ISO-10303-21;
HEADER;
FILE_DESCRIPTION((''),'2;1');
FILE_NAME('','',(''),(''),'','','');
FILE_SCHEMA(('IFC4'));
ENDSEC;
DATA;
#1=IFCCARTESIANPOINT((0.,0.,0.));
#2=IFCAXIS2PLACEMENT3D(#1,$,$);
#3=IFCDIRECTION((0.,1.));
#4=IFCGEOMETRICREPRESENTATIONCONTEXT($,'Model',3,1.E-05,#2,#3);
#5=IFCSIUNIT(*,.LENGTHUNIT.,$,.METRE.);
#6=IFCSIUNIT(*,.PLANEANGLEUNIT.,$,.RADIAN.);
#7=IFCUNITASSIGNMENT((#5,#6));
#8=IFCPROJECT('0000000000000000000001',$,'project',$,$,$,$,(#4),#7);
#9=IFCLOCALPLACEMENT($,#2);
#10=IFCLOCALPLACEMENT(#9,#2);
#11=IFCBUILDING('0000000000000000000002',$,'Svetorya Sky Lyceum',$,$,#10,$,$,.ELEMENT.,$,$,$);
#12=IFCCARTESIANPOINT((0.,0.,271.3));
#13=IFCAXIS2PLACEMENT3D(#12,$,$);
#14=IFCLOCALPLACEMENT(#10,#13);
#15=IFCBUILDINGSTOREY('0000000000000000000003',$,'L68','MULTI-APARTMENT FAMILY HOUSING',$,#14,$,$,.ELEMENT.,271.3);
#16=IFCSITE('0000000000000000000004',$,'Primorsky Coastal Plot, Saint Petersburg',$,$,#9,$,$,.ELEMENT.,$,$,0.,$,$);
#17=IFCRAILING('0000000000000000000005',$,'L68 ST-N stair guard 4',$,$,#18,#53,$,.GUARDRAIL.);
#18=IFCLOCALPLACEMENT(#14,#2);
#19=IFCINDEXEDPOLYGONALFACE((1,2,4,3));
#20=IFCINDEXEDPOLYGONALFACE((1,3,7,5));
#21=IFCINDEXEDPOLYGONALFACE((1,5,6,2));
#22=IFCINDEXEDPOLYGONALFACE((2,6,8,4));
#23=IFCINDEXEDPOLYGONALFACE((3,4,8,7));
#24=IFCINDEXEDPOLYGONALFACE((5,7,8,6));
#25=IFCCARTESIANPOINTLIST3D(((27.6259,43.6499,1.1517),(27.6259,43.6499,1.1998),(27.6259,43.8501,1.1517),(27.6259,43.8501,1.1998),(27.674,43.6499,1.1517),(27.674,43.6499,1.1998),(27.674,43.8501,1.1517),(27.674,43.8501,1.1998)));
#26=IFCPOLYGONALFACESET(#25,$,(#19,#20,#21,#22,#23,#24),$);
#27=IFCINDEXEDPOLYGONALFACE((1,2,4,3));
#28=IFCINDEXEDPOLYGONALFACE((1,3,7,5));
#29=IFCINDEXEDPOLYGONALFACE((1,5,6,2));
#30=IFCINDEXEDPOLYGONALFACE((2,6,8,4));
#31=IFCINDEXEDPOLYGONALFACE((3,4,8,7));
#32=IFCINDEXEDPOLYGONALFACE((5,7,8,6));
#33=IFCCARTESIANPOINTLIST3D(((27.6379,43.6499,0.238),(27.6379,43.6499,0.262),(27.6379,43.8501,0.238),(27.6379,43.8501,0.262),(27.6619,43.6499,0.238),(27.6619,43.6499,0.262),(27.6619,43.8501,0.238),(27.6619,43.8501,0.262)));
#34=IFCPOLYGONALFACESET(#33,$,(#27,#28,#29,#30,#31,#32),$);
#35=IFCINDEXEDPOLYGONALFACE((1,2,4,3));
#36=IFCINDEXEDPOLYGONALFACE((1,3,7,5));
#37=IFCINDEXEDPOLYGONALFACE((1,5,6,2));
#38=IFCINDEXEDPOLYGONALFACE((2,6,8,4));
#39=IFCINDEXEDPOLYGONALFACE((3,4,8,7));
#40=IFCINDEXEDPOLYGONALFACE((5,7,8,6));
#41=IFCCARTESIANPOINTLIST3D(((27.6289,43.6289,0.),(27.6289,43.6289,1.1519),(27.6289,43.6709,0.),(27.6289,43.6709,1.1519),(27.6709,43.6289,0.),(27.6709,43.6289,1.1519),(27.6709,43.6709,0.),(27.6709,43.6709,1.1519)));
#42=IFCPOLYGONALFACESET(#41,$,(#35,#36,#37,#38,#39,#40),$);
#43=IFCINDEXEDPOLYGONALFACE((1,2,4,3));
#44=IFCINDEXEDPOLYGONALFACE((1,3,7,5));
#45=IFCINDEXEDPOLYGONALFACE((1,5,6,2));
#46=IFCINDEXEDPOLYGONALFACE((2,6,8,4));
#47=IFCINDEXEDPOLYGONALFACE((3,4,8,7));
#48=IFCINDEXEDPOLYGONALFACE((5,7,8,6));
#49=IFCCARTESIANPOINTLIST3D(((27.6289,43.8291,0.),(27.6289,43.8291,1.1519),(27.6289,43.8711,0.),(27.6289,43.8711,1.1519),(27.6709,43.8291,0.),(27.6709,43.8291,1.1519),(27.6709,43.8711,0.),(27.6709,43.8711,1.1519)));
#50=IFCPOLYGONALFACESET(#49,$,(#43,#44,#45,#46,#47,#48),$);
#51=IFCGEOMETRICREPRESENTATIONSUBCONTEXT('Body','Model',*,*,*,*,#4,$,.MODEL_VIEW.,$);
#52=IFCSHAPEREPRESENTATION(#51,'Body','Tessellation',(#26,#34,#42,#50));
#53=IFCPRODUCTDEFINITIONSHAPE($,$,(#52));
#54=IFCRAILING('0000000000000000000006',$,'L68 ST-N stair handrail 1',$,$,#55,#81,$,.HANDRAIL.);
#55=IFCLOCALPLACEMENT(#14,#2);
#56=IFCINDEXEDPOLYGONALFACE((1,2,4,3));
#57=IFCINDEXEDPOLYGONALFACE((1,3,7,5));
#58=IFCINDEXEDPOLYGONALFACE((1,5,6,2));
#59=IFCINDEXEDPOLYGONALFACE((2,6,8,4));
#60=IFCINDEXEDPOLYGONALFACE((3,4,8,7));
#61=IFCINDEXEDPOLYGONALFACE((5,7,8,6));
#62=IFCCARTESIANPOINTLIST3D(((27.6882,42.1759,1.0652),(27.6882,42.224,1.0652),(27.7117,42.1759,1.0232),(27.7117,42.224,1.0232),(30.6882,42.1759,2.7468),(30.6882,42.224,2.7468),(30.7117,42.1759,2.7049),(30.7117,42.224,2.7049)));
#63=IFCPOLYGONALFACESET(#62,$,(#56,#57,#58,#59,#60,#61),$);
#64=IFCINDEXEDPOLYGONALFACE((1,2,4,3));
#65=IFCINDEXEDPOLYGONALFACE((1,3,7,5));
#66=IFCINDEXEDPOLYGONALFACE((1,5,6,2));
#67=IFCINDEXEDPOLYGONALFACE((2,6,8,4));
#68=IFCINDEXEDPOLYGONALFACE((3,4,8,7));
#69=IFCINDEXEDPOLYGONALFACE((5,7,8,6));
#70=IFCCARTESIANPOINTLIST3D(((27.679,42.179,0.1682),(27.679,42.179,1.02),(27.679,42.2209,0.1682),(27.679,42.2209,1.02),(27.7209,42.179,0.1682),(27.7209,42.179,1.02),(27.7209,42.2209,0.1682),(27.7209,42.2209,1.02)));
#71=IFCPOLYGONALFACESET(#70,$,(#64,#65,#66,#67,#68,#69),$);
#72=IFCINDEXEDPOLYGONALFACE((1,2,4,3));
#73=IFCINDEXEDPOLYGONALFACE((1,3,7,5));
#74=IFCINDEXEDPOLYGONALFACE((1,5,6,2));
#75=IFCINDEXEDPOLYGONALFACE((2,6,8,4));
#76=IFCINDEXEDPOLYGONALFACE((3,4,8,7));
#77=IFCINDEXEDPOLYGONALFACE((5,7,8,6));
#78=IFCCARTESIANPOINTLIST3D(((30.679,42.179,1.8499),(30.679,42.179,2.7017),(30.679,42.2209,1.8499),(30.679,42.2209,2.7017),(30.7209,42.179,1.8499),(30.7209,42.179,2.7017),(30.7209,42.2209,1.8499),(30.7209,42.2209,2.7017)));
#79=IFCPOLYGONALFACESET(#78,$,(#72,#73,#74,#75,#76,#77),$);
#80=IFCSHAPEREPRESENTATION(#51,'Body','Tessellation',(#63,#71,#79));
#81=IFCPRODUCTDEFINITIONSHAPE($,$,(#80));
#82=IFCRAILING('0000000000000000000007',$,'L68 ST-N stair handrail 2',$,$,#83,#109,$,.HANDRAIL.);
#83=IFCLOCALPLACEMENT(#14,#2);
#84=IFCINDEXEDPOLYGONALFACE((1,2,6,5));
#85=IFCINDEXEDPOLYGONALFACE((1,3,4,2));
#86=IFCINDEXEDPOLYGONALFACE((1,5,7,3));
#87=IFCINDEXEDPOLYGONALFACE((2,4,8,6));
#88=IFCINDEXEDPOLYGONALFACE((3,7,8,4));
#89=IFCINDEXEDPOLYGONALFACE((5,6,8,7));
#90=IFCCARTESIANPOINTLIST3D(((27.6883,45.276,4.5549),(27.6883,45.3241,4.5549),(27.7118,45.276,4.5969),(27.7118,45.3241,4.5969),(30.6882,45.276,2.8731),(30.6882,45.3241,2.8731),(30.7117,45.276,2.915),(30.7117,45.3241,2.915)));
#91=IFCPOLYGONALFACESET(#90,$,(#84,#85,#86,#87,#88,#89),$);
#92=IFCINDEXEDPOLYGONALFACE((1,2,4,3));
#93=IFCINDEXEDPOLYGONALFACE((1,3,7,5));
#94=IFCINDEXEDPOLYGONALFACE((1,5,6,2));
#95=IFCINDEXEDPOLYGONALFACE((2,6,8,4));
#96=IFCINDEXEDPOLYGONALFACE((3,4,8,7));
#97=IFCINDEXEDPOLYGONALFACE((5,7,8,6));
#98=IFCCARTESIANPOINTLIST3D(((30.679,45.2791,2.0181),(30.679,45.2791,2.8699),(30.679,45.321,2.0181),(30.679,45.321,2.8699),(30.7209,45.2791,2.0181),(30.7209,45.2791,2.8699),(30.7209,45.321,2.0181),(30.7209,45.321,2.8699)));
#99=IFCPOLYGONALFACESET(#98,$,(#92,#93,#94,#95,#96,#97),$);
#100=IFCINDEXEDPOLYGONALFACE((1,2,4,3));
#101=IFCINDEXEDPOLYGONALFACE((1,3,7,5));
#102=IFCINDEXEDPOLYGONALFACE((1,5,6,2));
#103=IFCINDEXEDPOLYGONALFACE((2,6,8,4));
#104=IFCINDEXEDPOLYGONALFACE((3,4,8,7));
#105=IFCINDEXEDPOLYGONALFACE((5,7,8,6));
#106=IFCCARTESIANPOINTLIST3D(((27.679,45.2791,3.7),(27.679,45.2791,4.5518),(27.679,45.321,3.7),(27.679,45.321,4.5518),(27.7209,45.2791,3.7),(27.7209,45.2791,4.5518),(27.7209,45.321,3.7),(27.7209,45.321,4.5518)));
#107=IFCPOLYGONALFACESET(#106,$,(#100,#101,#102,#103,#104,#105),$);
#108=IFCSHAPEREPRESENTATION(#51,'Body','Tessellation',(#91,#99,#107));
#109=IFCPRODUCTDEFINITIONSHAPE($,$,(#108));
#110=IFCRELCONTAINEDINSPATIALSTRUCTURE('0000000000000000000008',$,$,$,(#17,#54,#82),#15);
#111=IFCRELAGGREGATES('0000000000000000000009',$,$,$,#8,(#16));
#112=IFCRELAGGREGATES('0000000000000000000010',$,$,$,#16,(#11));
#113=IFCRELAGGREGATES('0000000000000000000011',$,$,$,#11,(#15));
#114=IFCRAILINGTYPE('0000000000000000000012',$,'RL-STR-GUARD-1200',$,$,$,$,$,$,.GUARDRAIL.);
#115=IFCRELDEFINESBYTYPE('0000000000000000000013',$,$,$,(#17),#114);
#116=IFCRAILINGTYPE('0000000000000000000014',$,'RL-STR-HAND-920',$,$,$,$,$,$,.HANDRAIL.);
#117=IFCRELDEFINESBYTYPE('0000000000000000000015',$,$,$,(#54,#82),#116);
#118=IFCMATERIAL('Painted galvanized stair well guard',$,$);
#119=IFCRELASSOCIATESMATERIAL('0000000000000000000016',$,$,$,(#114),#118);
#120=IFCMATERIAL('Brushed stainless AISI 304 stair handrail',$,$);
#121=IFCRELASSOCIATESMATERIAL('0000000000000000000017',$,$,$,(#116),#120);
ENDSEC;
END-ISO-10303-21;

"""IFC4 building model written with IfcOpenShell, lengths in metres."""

from ifc_helpers import new_model, si_unit, direction, frame, origin, origin_2d, place, context, subcontext, project, spatial, rectangle, extrude, material, type_object, element, save


model = new_model("IFC4")

# Units and contexts
model_context = context("Model", 3, precision=1e-05, world=origin(), true_north=direction((0.0, 1.0)))
body_context = subcontext(model_context, "Body", "Model", "MODEL_VIEW")
ifc_project = project(units=[si_unit("LENGTHUNIT", "METRE"), si_unit("PLANEANGLEUNIT", "RADIAN")], contexts=[model_context])

# Site, building, storey
site_placement = place(None, origin())
site = spatial("IfcSite", under=ifc_project, at=site_placement, Name="Primorsky Coastal Plot, Saint Petersburg", CompositionType="ELEMENT", RefElevation=0.0)
building_placement = place(site_placement, origin())
building = spatial("IfcBuilding", under=site, at=building_placement, Name="Svetorya Sky Lyceum", CompositionType="ELEMENT")
storey_placement = place(building_placement, frame((0.0, 0.0, 271.3)))
storey = spatial("IfcBuildingStorey", under=building, at=storey_placement, Name="L68", Description="MULTI-APARTMENT FAMILY HOUSING", CompositionType="ELEMENT", Elevation=271.3)

# Railings
ifc_material_1 = material(Name="Painted galvanized stair well guard")
railing_type_1 = type_object("IfcRailingType", Name="RL-STR-GUARD-1200", PredefinedType="GUARDRAIL", material=ifc_material_1)
railing_1_placement = place(storey_placement, frame((27.6499, 43.6499, 0.0)))
element("IfcRailing", 1, at=railing_1_placement, inside=storey, type_object=railing_type_1, Name="L68 ST-N stair guard 4", PredefinedType="GUARDRAIL", context=body_context, shape_type="SweptSolid", body=[
    extrude(rectangle(XDim=0.0481, YDim=0.0481, at=origin_2d()), frame((0.0, 0.0, 1.1758), z_axis=(0.0, 1.0, 0.0), x_axis=(-1.0, 0.0, 0.0)), (0.0, 0.0, 1.0), 0.2002),
    extrude(rectangle(XDim=0.0239, YDim=0.0239, at=origin_2d()), frame((0.0, 0.0, 0.25), z_axis=(0.0, 1.0, 0.0), x_axis=(-1.0, 0.0, 0.0)), (0.0, 0.0, 1.0), 0.2002),
    extrude(rectangle(XDim=0.042, YDim=0.042, at=origin_2d()), origin(), (0.0, 0.0, 1.0), 1.1519),
    extrude(rectangle(XDim=0.042, YDim=0.042, at=origin_2d()), frame((0.0, 0.2002, 0.0)), (0.0, 0.0, 1.0), 1.1519),
])
ifc_material_2 = material(Name="Brushed stainless AISI 304 stair handrail")
railing_type_2 = type_object("IfcRailingType", Name="RL-STR-HAND-920", PredefinedType="HANDRAIL", material=ifc_material_2)
railing_2_placement = place(storey_placement, frame((27.7, 42.2, 0.1682)))
element("IfcRailing", 2, at=railing_2_placement, inside=storey, type_object=railing_type_2, Name="L68 ST-N stair handrail 1", PredefinedType="HANDRAIL", context=body_context, shape_type="SweptSolid", body=[
    extrude(rectangle(XDim=0.0481, YDim=0.0481, at=origin_2d()), frame((0.0, 0.0, 0.876), z_axis=(0.872303, 0.0, 0.488966), x_axis=(0.0, 1.0, 0.0)), (0.0, 0.0, 1.0), 3.4392),
    extrude(rectangle(XDim=0.042, YDim=0.042, at=origin_2d()), origin(), (0.0, 0.0, 1.0), 0.8518),
    extrude(rectangle(XDim=0.042, YDim=0.042, at=origin_2d()), frame((3.0, 0.0, 1.6816)), (0.0, 0.0, 1.0), 0.8518),
])
railing_3_placement = place(storey_placement, frame((30.7, 45.3, 2.0181)))
element("IfcRailing", 3, at=railing_3_placement, inside=storey, type_object=railing_type_2, Name="L68 ST-N stair handrail 2", PredefinedType="HANDRAIL", context=body_context, shape_type="SweptSolid", body=[
    extrude(rectangle(XDim=0.0481, YDim=0.0481, at=origin_2d()), frame((0.0, 0.0, 0.876), z_axis=(-0.872272, 0.0, 0.48902), x_axis=(0.0, -1.0, 0.0)), (0.0, 0.0, 1.0), 3.4392),
    extrude(rectangle(XDim=0.042, YDim=0.042, at=origin_2d()), origin(), (0.0, 0.0, 1.0), 0.8518),
    extrude(rectangle(XDim=0.042, YDim=0.042, at=origin_2d()), frame((-3.0, 0.0, 1.6819)), (0.0, 0.0, 1.0), 0.8518),
])

save(model, "model.ifc")
